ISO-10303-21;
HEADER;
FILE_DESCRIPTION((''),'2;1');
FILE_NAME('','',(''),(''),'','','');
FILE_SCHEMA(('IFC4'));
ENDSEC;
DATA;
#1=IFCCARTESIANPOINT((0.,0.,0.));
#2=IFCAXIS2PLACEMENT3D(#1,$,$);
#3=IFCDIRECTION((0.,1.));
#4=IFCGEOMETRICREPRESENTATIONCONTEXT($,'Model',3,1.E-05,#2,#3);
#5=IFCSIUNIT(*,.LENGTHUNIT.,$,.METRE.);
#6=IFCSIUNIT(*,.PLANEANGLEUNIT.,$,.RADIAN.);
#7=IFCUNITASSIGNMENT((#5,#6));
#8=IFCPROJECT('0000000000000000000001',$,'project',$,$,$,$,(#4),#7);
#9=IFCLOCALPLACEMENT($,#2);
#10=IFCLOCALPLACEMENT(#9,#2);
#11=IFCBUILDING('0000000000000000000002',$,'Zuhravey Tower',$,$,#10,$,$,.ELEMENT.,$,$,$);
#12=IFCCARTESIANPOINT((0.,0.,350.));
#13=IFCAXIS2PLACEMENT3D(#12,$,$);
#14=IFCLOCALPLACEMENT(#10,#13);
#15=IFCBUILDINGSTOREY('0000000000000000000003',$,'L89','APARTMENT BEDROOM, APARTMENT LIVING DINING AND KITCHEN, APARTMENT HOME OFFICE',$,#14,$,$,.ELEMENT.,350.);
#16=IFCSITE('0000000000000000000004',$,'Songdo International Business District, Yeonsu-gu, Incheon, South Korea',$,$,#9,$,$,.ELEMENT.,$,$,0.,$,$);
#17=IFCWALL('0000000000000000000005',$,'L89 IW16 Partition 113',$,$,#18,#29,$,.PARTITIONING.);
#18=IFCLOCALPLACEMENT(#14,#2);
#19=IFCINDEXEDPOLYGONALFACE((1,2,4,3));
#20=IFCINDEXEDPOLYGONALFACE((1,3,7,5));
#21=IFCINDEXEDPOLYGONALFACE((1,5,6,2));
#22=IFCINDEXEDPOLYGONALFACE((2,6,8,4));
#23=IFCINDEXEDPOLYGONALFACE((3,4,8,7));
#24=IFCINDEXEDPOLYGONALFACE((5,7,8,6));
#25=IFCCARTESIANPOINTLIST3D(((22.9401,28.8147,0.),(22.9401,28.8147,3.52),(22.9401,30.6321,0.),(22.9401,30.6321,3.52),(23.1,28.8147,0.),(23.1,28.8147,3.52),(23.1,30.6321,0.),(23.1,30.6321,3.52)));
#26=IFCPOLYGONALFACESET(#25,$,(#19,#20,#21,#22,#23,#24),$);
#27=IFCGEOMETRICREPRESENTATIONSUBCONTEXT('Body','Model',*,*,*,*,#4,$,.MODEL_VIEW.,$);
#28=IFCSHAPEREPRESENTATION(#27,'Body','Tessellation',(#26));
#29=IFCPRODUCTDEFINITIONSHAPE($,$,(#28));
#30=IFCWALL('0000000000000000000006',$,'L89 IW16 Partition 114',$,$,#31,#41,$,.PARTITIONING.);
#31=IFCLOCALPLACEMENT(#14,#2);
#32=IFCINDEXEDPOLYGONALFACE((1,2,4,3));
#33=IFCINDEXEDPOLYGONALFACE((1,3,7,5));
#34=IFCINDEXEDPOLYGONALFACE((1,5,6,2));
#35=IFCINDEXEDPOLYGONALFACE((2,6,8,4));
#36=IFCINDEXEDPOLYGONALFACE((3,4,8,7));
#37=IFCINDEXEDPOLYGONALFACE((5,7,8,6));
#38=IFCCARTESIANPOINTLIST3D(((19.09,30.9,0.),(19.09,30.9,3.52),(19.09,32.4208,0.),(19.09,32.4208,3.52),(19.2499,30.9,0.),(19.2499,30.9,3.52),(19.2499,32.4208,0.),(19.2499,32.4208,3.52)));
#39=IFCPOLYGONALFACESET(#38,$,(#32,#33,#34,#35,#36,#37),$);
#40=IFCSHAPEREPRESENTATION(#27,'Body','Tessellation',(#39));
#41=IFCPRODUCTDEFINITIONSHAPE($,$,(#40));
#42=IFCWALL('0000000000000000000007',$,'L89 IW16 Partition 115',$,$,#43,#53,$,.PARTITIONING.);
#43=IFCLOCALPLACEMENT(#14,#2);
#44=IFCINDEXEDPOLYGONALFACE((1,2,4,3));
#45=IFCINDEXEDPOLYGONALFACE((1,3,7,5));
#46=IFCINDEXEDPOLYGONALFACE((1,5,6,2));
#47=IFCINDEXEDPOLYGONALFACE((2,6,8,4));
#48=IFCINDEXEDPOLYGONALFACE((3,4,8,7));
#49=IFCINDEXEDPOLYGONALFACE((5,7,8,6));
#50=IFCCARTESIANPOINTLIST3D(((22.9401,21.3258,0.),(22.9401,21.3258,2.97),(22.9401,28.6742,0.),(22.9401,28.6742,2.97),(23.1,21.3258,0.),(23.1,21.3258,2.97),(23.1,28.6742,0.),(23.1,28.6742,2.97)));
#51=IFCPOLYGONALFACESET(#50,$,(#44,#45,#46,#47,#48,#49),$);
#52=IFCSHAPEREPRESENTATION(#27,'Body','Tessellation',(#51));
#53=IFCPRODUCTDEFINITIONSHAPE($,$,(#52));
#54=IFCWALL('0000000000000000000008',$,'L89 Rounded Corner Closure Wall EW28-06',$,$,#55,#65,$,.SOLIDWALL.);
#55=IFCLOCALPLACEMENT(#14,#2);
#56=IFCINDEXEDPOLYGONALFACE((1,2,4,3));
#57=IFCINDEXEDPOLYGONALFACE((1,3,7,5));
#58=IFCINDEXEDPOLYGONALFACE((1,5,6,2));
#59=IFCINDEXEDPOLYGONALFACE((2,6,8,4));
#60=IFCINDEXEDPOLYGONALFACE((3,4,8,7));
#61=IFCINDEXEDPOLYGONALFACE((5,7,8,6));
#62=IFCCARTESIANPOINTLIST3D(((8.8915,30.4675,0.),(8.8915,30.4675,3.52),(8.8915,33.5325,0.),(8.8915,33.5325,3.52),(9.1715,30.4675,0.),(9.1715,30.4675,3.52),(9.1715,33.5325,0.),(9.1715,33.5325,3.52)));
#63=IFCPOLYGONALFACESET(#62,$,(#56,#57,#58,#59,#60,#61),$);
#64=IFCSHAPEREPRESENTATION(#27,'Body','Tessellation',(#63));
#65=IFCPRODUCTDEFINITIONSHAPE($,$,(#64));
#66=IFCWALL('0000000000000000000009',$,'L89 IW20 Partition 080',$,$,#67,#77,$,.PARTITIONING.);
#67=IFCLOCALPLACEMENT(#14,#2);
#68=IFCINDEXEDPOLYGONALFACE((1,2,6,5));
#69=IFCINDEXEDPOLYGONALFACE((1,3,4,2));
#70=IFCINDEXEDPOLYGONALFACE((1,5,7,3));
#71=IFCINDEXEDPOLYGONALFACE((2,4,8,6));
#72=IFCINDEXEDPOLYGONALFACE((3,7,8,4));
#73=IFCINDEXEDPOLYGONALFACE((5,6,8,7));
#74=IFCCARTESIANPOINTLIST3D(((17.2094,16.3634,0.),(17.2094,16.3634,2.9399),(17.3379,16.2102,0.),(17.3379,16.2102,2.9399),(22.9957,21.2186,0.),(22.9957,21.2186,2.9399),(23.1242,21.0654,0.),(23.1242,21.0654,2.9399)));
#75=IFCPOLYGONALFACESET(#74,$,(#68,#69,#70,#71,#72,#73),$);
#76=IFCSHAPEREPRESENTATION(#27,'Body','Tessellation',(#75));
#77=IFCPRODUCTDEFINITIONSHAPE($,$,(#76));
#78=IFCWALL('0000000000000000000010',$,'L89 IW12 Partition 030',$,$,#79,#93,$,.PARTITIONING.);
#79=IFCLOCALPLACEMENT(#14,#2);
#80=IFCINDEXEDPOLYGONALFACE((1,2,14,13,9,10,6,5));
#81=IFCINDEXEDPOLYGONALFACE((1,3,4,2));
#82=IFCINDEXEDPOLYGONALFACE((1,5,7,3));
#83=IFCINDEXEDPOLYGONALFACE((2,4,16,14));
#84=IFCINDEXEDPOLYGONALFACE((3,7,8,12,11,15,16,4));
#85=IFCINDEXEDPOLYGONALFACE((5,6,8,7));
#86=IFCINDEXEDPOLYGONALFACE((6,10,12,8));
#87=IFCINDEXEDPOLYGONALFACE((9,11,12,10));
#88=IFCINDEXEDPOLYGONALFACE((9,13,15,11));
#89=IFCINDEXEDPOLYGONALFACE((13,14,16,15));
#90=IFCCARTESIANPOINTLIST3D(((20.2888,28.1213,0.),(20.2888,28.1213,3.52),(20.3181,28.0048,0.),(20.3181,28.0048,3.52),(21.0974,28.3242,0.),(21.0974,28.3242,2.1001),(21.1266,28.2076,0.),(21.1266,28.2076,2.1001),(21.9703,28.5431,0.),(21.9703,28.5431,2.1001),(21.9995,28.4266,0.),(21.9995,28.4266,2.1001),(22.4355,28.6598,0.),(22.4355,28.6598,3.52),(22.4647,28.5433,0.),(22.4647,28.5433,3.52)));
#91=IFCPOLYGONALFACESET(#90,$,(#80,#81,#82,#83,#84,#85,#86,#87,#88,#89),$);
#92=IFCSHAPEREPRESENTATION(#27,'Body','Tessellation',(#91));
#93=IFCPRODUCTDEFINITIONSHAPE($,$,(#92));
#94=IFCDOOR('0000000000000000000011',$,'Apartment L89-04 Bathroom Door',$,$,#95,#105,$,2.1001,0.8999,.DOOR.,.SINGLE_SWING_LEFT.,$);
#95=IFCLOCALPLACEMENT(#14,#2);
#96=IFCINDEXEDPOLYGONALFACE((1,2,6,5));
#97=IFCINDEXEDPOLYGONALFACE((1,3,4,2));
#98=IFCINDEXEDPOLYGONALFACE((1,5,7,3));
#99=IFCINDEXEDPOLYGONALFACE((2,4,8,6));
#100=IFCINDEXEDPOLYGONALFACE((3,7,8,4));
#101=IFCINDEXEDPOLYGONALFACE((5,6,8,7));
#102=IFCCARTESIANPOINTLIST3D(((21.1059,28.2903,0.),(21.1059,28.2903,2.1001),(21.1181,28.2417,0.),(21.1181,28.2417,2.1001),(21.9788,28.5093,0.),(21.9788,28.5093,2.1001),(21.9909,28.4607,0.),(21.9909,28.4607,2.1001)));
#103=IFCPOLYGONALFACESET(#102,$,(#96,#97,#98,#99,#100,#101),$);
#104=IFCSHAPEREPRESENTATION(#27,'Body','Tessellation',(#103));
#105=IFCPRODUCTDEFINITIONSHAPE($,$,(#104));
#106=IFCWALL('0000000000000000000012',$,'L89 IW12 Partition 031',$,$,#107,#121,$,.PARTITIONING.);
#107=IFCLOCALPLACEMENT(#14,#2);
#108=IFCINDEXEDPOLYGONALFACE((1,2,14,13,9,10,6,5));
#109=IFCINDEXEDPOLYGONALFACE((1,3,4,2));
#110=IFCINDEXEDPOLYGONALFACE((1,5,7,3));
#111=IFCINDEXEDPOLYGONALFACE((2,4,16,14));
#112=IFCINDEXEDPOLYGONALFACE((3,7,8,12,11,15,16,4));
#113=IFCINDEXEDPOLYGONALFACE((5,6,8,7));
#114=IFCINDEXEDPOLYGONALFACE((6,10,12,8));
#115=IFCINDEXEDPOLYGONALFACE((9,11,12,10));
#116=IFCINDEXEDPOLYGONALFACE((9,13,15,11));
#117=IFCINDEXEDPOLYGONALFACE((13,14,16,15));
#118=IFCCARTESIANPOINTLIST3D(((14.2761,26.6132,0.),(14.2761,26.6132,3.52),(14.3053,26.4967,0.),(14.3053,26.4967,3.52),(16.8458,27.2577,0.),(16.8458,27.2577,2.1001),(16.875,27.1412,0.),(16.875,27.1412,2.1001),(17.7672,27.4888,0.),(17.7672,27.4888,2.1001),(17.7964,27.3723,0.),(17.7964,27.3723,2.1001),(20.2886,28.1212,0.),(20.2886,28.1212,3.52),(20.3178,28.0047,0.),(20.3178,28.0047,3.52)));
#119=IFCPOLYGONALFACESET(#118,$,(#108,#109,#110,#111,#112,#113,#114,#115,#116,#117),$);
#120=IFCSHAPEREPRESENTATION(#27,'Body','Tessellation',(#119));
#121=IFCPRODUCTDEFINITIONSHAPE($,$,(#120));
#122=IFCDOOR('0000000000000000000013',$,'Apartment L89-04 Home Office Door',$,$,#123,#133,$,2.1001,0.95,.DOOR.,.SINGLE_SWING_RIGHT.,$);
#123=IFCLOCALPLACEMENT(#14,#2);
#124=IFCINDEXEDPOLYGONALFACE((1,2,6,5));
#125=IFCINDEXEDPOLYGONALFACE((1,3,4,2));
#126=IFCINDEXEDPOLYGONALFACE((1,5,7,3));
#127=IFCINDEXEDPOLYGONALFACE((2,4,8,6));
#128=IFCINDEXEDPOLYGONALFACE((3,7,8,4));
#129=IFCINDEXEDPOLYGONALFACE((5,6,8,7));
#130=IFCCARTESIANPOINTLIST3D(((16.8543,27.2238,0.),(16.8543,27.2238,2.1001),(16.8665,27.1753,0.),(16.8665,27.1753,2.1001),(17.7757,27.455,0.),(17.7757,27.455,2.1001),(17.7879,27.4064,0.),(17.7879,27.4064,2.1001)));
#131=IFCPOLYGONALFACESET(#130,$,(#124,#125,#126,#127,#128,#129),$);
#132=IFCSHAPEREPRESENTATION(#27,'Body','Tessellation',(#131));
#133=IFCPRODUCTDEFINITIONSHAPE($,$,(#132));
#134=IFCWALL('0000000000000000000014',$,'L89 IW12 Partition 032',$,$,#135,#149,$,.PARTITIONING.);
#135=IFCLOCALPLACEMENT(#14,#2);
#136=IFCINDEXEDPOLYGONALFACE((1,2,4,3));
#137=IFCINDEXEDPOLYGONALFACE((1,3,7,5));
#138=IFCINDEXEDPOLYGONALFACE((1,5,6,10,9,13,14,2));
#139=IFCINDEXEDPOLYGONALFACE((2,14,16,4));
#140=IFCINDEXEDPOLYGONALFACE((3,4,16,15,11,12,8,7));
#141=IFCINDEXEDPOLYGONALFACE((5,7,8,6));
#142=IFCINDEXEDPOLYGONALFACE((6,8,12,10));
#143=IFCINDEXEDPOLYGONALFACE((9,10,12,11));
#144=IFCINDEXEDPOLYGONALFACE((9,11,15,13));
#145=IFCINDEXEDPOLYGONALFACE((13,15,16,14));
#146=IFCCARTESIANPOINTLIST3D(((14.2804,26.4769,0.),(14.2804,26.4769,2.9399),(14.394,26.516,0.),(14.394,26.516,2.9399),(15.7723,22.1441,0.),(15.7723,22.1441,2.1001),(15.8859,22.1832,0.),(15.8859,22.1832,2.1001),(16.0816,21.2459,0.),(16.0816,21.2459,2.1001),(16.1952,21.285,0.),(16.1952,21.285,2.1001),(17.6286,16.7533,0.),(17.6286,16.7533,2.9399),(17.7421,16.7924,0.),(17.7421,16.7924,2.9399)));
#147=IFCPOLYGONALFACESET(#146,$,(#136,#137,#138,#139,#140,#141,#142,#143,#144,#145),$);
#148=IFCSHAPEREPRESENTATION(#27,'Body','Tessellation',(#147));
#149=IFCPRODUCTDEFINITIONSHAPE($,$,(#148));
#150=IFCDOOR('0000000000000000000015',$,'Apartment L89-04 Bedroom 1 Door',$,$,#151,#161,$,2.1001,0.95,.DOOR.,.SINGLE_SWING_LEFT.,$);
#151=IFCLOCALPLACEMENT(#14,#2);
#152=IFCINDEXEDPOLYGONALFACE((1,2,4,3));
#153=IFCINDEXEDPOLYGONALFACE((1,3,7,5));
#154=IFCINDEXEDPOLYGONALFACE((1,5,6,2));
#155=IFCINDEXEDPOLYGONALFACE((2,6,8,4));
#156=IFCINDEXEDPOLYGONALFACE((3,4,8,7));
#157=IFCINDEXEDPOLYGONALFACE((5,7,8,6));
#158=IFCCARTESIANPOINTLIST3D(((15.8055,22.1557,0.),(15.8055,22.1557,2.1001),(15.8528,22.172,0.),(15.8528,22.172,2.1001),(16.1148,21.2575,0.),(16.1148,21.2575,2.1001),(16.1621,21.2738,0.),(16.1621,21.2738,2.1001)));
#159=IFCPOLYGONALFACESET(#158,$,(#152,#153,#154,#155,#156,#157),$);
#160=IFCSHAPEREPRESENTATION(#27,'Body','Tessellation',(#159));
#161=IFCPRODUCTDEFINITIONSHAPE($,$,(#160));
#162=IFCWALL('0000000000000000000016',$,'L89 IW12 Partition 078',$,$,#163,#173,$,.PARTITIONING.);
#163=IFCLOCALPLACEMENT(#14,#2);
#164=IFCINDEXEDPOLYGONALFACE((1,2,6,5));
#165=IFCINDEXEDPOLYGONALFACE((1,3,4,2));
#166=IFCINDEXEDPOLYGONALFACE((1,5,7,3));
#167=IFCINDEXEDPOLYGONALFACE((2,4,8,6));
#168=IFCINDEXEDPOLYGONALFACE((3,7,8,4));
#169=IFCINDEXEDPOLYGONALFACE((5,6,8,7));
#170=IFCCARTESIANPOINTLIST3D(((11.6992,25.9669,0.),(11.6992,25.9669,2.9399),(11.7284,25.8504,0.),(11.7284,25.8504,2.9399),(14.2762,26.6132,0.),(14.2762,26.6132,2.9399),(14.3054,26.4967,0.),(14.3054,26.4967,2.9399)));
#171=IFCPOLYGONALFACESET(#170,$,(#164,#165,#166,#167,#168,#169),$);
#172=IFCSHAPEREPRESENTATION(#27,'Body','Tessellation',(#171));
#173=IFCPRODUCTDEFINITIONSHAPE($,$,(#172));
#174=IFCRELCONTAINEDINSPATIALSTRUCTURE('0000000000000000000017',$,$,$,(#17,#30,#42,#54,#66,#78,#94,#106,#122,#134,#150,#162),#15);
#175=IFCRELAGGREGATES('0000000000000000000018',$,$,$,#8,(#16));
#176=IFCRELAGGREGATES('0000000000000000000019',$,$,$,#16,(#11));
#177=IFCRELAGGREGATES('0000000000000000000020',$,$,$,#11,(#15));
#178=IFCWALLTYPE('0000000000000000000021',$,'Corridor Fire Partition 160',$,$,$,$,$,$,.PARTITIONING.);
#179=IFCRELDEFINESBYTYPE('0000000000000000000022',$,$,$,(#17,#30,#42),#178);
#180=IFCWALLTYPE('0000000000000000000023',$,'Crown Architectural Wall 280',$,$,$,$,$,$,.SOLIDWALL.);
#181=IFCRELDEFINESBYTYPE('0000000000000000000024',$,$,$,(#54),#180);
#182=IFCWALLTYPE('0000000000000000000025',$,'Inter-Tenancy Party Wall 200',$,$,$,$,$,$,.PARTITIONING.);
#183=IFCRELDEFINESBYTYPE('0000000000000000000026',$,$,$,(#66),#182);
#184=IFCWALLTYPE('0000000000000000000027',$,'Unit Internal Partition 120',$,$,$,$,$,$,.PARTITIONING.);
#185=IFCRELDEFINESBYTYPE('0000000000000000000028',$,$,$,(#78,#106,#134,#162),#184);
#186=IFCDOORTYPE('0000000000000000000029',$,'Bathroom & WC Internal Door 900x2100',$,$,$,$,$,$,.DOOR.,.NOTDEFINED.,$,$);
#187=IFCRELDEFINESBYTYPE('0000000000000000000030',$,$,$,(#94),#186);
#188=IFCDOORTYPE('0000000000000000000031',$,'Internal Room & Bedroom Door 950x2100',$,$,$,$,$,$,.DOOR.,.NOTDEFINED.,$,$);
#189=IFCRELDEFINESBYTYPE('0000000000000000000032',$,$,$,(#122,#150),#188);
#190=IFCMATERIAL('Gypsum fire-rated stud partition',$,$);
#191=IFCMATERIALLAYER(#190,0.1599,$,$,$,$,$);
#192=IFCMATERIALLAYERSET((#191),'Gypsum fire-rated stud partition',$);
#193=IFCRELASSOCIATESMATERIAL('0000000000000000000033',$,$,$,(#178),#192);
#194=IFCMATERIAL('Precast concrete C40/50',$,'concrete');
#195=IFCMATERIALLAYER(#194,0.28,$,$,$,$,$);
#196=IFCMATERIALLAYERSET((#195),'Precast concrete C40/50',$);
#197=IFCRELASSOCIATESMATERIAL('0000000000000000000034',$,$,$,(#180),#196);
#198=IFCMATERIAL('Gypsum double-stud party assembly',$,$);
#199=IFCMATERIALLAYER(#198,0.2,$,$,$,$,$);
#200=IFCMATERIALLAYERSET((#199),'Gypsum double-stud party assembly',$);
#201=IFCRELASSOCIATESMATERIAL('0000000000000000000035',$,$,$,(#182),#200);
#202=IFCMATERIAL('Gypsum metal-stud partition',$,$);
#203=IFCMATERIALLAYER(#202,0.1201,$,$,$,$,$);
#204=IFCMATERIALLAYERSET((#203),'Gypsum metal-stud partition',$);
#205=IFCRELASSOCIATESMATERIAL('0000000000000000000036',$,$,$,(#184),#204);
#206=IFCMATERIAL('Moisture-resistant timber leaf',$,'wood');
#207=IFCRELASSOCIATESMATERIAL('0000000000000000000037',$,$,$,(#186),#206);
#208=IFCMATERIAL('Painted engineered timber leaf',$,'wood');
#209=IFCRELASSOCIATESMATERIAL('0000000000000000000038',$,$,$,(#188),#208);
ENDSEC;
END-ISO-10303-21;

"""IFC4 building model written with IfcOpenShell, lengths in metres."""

from ifc_helpers import new_model, si_unit, direction, frame, frame_2d, origin, place, context, subcontext, project, spatial, rectangle, extrude, material, layer, layer_set, type_object, element, fill, save


model = new_model("IFC4")

# Units and contexts
model_context = context("Model", 3, precision=1e-05, world=origin(), true_north=direction((0.0, 1.0)))
body_context = subcontext(model_context, "Body", "Model", "MODEL_VIEW")
ifc_project = project(units=[si_unit("LENGTHUNIT", "METRE"), si_unit("PLANEANGLEUNIT", "RADIAN")], contexts=[model_context])

# Site, building, storey
site_placement = place(None, origin())
site = spatial("IfcSite", under=ifc_project, at=site_placement, Name="Songdo International Business District, Yeonsu-gu, Incheon, South Korea", CompositionType="ELEMENT", RefElevation=0.0)
building_placement = place(site_placement, origin())
building = spatial("IfcBuilding", under=site, at=building_placement, Name="Zuhravey Tower", CompositionType="ELEMENT")
storey_placement = place(building_placement, frame((0.0, 0.0, 350.0)))
storey = spatial("IfcBuildingStorey", under=building, at=storey_placement, Name="L89", Description="APARTMENT BEDROOM, APARTMENT LIVING DINING AND KITCHEN, APARTMENT HOME OFFICE", CompositionType="ELEMENT", Elevation=350.0)

# Shared definitions
ifc_material_1 = material(Name="Gypsum fire-rated stud partition")
ifc_layer_1 = layer(ifc_material_1, 0.1599)
ifc_layer_set_1 = layer_set([ifc_layer_1], Name="Gypsum fire-rated stud partition")
wall_type_1 = type_object("IfcWallType", Name="Corridor Fire Partition 160", PredefinedType="PARTITIONING", material=ifc_layer_set_1)

# Walls
wall_1_placement = place(storey_placement, frame((23.02, 30.6321, 0.0), z_axis=(0.0, 0.0, 1.0), x_axis=(0.0, -1.0, 0.0)))
element("IfcWall", 1, at=wall_1_placement, inside=storey, type_object=wall_type_1, Name="L89 IW16 Partition 113", PredefinedType="PARTITIONING", context=body_context, shape_type="SweptSolid", body=[
    extrude(rectangle(XDim=1.8174, YDim=0.1599, at=frame_2d((0.9087, 0.0))), origin(), (0.0, 0.0, 1.0), 3.52),
])
wall_2_placement = place(storey_placement, frame((19.1699, 32.4207, 0.0), z_axis=(0.0, 0.0, 1.0), x_axis=(0.0, -1.0, 0.0)))
element("IfcWall", 2, at=wall_2_placement, inside=storey, type_object=wall_type_1, Name="L89 IW16 Partition 114", PredefinedType="PARTITIONING", context=body_context, shape_type="SweptSolid", body=[
    extrude(rectangle(XDim=1.5208, YDim=0.1599, at=frame_2d((0.7603, 0.0))), origin(), (0.0, 0.0, 1.0), 3.52),
])
wall_3_placement = place(storey_placement, frame((23.02, 28.6743, 0.0), z_axis=(0.0, 0.0, 1.0), x_axis=(0.0, -1.0, 0.0)))
element("IfcWall", 3, at=wall_3_placement, inside=storey, type_object=wall_type_1, Name="L89 IW16 Partition 115", PredefinedType="PARTITIONING", context=body_context, shape_type="SweptSolid", body=[
    extrude(rectangle(XDim=7.3484, YDim=0.1599, at=frame_2d((3.6743, 0.0))), origin(), (0.0, 0.0, 1.0), 2.97),
])
ifc_material_2 = material(Name="Precast concrete C40/50", Category="concrete")
ifc_layer_2 = layer(ifc_material_2, 0.28)
ifc_layer_set_2 = layer_set([ifc_layer_2], Name="Precast concrete C40/50")
wall_type_2 = type_object("IfcWallType", Name="Crown Architectural Wall 280", PredefinedType="SOLIDWALL", material=ifc_layer_set_2)
wall_4_placement = place(storey_placement, frame((9.0315, 30.4675, 0.0), z_axis=(0.0, 0.0, 1.0), x_axis=(0.0, 1.0, 0.0)))
element("IfcWall", 4, at=wall_4_placement, inside=storey, type_object=wall_type_2, Name="L89 Rounded Corner Closure Wall EW28-06", PredefinedType="SOLIDWALL", context=body_context, shape_type="SweptSolid", body=[
    extrude(rectangle(XDim=3.0649, YDim=0.28, at=frame_2d((1.5325, 0.0))), origin(), (0.0, 0.0, 1.0), 3.52),
])
ifc_material_3 = material(Name="Gypsum double-stud party assembly")
ifc_layer_3 = layer(ifc_material_3, 0.2)
ifc_layer_set_3 = layer_set([ifc_layer_3], Name="Gypsum double-stud party assembly")
wall_type_3 = type_object("IfcWallType", Name="Inter-Tenancy Party Wall 200", PredefinedType="PARTITIONING", material=ifc_layer_set_3)
wall_5_placement = place(storey_placement, frame((23.0601, 21.1421, 0.0), z_axis=(0.0, 0.0, 1.0), x_axis=(-0.766052, -0.642778, 0.0)))
element("IfcWall", 5, at=wall_5_placement, inside=storey, type_object=wall_type_3, Name="L89 IW20 Partition 080", PredefinedType="PARTITIONING", context=body_context, shape_type="SweptSolid", body=[
    extrude(rectangle(XDim=7.5535, YDim=0.2, at=frame_2d((3.7769, 0.0))), origin(), (0.0, 0.0, 1.0), 2.9399),
])

# Walls, openings, doors
ifc_material_4 = material(Name="Gypsum metal-stud partition")
ifc_layer_4 = layer(ifc_material_4, 0.1201)
ifc_layer_set_4 = layer_set([ifc_layer_4], Name="Gypsum metal-stud partition")
wall_type_4 = type_object("IfcWallType", Name="Unit Internal Partition 120", PredefinedType="PARTITIONING", material=ifc_layer_set_4)
wall_6_placement = place(storey_placement, frame((22.45, 28.6016, 0.0), z_axis=(0.0, 0.0, 1.0), x_axis=(-0.969941, -0.24334, 0.0)))
wall_6 = element("IfcWall", 6, at=wall_6_placement, inside=storey, type_object=wall_type_4, Name="L89 IW12 Partition 030", PredefinedType="PARTITIONING", context=body_context, shape_type="SweptSolid", body=[
    extrude(rectangle(XDim=2.2131, YDim=0.1201, at=frame_2d((1.1064, 0.0))), origin(), (0.0, 0.0, 1.0), 3.52),
])
opening_1_placement = place(wall_6_placement, frame((0.4795, 0.0, 0.0)))
opening_1 = element("IfcOpeningElement", 7, at=opening_1_placement, cuts=wall_6, PredefinedType="OPENING", context=body_context, shape_type="SweptSolid", body=[
    extrude(rectangle(XDim=0.8999, YDim=2.1001, at=frame_2d((0.45, 1.05))), frame((0.0, 0.072, 0.0), z_axis=(0.0, -1.0, 0.0), x_axis=(1.0, 0.0, 0.0)), (0.0, 0.0, 1.0), 0.144),
])
ifc_material_5 = material(Name="Moisture-resistant timber leaf", Category="wood")
door_type_1 = type_object("IfcDoorType", Name="Bathroom & WC Internal Door 900x2100", OperationType="NOTDEFINED", PredefinedType="DOOR", material=ifc_material_5)
door_1_placement = place(opening_1_placement, origin())
door_1 = element("IfcDoor", 8, at=door_1_placement, inside=storey, type_object=door_type_1, Name="Apartment L89-04 Bathroom Door", OperationType="SINGLE_SWING_LEFT", OverallHeight=2.1001, OverallWidth=0.8999, PredefinedType="DOOR", context=body_context, shape_type="SweptSolid", body=[
    extrude(rectangle(XDim=0.8999, YDim=2.1001, at=frame_2d((0.45, 1.05))), frame((0.0, 0.0249, 0.0), z_axis=(0.0, -1.0, 0.0), x_axis=(1.0, 0.0, 0.0)), (0.0, 0.0, 1.0), 0.05),
])
fill(opening_1, door_1)
wall_7_placement = place(storey_placement, frame((20.3032, 28.063, 0.0), z_axis=(0.0, 0.0, 1.0), x_axis=(-0.969955, -0.243286, 0.0)))
wall_7 = element("IfcWall", 9, at=wall_7_placement, inside=storey, type_object=wall_type_4, Name="L89 IW12 Partition 031", PredefinedType="PARTITIONING", context=body_context, shape_type="SweptSolid", body=[
    extrude(rectangle(XDim=6.1987, YDim=0.1201, at=frame_2d((3.0994, 0.0))), origin(), (0.0, 0.0, 1.0), 3.52),
])
opening_2_placement = place(wall_7_placement, frame((2.5994, 0.0, 0.0)))
opening_2 = element("IfcOpeningElement", 10, at=opening_2_placement, cuts=wall_7, PredefinedType="OPENING", context=body_context, shape_type="SweptSolid", body=[
    extrude(rectangle(XDim=0.95, YDim=2.1001, at=frame_2d((0.4751, 1.05))), frame((0.0, 0.072, 0.0), z_axis=(0.0, -1.0, 0.0), x_axis=(1.0, 0.0, 0.0)), (0.0, 0.0, 1.0), 0.144),
])
ifc_material_6 = material(Name="Painted engineered timber leaf", Category="wood")
door_type_2 = type_object("IfcDoorType", Name="Internal Room & Bedroom Door 950x2100", OperationType="NOTDEFINED", PredefinedType="DOOR", material=ifc_material_6)
door_2_placement = place(opening_2_placement, origin())
door_2 = element("IfcDoor", 11, at=door_2_placement, inside=storey, type_object=door_type_2, Name="Apartment L89-04 Home Office Door", OperationType="SINGLE_SWING_RIGHT", OverallHeight=2.1001, OverallWidth=0.95, PredefinedType="DOOR", context=body_context, shape_type="SweptSolid", body=[
    extrude(rectangle(XDim=0.95, YDim=2.1001, at=frame_2d((0.4751, 1.05))), frame((0.0, 0.0249, 0.0), z_axis=(0.0, -1.0, 0.0), x_axis=(1.0, 0.0, 0.0)), (0.0, 0.0, 1.0), 0.05),
])
fill(opening_2, door_2)
wall_8_placement = place(storey_placement, frame((14.3372, 26.4966, 0.0), z_axis=(0.0, 0.0, 1.0), x_axis=(0.325571, -0.945518, 0.0)))
wall_8 = element("IfcWall", 12, at=wall_8_placement, inside=storey, type_object=wall_type_4, Name="L89 IW12 Partition 032", PredefinedType="PARTITIONING", context=body_context, shape_type="SweptSolid", body=[
    extrude(rectangle(XDim=10.2839, YDim=0.1201, at=frame_2d((5.1421, 0.0))), origin(), (0.0, 0.0, 1.0), 2.9399),
])
opening_3_placement = place(wall_8_placement, frame((4.5825, 0.0, 0.0)))
opening_3 = element("IfcOpeningElement", 13, at=opening_3_placement, cuts=wall_8, PredefinedType="OPENING", context=body_context, shape_type="SweptSolid", body=[
    extrude(rectangle(XDim=0.95, YDim=2.1001, at=frame_2d((0.4751, 1.05))), frame((0.0, 0.072, 0.0), z_axis=(0.0, -1.0, 0.0), x_axis=(1.0, 0.0, 0.0)), (0.0, 0.0, 1.0), 0.144),
])
door_3_placement = place(opening_3_placement, frame((0.95, 0.0, 0.0), z_axis=(0.0, 0.0, 1.0), x_axis=(-1.0, 0.0, 0.0)))
door_3 = element("IfcDoor", 14, at=door_3_placement, inside=storey, type_object=door_type_2, Name="Apartment L89-04 Bedroom 1 Door", OperationType="SINGLE_SWING_LEFT", OverallHeight=2.1001, OverallWidth=0.95, PredefinedType="DOOR", context=body_context, shape_type="SweptSolid", body=[
    extrude(rectangle(XDim=0.95, YDim=2.1001, at=frame_2d((0.4751, 1.05))), frame((0.0, 0.0249, 0.0), z_axis=(0.0, -1.0, 0.0), x_axis=(1.0, 0.0, 0.0)), (0.0, 0.0, 1.0), 0.05),
])
fill(opening_3, door_3)

# Wall
wall_9_placement = place(storey_placement, frame((14.2908, 26.5549, 0.0), z_axis=(0.0, 0.0, 1.0), x_axis=(-0.969964, -0.243249, 0.0)))
element("IfcWall", 15, at=wall_9_placement, inside=storey, type_object=wall_type_4, Name="L89 IW12 Partition 078", PredefinedType="PARTITIONING", context=body_context, shape_type="SweptSolid", body=[
    extrude(rectangle(XDim=2.6567, YDim=0.1201, at=frame_2d((1.3284, 0.0))), origin(), (0.0, 0.0, 1.0), 2.9399),
])

save(model, "model.ifc")
